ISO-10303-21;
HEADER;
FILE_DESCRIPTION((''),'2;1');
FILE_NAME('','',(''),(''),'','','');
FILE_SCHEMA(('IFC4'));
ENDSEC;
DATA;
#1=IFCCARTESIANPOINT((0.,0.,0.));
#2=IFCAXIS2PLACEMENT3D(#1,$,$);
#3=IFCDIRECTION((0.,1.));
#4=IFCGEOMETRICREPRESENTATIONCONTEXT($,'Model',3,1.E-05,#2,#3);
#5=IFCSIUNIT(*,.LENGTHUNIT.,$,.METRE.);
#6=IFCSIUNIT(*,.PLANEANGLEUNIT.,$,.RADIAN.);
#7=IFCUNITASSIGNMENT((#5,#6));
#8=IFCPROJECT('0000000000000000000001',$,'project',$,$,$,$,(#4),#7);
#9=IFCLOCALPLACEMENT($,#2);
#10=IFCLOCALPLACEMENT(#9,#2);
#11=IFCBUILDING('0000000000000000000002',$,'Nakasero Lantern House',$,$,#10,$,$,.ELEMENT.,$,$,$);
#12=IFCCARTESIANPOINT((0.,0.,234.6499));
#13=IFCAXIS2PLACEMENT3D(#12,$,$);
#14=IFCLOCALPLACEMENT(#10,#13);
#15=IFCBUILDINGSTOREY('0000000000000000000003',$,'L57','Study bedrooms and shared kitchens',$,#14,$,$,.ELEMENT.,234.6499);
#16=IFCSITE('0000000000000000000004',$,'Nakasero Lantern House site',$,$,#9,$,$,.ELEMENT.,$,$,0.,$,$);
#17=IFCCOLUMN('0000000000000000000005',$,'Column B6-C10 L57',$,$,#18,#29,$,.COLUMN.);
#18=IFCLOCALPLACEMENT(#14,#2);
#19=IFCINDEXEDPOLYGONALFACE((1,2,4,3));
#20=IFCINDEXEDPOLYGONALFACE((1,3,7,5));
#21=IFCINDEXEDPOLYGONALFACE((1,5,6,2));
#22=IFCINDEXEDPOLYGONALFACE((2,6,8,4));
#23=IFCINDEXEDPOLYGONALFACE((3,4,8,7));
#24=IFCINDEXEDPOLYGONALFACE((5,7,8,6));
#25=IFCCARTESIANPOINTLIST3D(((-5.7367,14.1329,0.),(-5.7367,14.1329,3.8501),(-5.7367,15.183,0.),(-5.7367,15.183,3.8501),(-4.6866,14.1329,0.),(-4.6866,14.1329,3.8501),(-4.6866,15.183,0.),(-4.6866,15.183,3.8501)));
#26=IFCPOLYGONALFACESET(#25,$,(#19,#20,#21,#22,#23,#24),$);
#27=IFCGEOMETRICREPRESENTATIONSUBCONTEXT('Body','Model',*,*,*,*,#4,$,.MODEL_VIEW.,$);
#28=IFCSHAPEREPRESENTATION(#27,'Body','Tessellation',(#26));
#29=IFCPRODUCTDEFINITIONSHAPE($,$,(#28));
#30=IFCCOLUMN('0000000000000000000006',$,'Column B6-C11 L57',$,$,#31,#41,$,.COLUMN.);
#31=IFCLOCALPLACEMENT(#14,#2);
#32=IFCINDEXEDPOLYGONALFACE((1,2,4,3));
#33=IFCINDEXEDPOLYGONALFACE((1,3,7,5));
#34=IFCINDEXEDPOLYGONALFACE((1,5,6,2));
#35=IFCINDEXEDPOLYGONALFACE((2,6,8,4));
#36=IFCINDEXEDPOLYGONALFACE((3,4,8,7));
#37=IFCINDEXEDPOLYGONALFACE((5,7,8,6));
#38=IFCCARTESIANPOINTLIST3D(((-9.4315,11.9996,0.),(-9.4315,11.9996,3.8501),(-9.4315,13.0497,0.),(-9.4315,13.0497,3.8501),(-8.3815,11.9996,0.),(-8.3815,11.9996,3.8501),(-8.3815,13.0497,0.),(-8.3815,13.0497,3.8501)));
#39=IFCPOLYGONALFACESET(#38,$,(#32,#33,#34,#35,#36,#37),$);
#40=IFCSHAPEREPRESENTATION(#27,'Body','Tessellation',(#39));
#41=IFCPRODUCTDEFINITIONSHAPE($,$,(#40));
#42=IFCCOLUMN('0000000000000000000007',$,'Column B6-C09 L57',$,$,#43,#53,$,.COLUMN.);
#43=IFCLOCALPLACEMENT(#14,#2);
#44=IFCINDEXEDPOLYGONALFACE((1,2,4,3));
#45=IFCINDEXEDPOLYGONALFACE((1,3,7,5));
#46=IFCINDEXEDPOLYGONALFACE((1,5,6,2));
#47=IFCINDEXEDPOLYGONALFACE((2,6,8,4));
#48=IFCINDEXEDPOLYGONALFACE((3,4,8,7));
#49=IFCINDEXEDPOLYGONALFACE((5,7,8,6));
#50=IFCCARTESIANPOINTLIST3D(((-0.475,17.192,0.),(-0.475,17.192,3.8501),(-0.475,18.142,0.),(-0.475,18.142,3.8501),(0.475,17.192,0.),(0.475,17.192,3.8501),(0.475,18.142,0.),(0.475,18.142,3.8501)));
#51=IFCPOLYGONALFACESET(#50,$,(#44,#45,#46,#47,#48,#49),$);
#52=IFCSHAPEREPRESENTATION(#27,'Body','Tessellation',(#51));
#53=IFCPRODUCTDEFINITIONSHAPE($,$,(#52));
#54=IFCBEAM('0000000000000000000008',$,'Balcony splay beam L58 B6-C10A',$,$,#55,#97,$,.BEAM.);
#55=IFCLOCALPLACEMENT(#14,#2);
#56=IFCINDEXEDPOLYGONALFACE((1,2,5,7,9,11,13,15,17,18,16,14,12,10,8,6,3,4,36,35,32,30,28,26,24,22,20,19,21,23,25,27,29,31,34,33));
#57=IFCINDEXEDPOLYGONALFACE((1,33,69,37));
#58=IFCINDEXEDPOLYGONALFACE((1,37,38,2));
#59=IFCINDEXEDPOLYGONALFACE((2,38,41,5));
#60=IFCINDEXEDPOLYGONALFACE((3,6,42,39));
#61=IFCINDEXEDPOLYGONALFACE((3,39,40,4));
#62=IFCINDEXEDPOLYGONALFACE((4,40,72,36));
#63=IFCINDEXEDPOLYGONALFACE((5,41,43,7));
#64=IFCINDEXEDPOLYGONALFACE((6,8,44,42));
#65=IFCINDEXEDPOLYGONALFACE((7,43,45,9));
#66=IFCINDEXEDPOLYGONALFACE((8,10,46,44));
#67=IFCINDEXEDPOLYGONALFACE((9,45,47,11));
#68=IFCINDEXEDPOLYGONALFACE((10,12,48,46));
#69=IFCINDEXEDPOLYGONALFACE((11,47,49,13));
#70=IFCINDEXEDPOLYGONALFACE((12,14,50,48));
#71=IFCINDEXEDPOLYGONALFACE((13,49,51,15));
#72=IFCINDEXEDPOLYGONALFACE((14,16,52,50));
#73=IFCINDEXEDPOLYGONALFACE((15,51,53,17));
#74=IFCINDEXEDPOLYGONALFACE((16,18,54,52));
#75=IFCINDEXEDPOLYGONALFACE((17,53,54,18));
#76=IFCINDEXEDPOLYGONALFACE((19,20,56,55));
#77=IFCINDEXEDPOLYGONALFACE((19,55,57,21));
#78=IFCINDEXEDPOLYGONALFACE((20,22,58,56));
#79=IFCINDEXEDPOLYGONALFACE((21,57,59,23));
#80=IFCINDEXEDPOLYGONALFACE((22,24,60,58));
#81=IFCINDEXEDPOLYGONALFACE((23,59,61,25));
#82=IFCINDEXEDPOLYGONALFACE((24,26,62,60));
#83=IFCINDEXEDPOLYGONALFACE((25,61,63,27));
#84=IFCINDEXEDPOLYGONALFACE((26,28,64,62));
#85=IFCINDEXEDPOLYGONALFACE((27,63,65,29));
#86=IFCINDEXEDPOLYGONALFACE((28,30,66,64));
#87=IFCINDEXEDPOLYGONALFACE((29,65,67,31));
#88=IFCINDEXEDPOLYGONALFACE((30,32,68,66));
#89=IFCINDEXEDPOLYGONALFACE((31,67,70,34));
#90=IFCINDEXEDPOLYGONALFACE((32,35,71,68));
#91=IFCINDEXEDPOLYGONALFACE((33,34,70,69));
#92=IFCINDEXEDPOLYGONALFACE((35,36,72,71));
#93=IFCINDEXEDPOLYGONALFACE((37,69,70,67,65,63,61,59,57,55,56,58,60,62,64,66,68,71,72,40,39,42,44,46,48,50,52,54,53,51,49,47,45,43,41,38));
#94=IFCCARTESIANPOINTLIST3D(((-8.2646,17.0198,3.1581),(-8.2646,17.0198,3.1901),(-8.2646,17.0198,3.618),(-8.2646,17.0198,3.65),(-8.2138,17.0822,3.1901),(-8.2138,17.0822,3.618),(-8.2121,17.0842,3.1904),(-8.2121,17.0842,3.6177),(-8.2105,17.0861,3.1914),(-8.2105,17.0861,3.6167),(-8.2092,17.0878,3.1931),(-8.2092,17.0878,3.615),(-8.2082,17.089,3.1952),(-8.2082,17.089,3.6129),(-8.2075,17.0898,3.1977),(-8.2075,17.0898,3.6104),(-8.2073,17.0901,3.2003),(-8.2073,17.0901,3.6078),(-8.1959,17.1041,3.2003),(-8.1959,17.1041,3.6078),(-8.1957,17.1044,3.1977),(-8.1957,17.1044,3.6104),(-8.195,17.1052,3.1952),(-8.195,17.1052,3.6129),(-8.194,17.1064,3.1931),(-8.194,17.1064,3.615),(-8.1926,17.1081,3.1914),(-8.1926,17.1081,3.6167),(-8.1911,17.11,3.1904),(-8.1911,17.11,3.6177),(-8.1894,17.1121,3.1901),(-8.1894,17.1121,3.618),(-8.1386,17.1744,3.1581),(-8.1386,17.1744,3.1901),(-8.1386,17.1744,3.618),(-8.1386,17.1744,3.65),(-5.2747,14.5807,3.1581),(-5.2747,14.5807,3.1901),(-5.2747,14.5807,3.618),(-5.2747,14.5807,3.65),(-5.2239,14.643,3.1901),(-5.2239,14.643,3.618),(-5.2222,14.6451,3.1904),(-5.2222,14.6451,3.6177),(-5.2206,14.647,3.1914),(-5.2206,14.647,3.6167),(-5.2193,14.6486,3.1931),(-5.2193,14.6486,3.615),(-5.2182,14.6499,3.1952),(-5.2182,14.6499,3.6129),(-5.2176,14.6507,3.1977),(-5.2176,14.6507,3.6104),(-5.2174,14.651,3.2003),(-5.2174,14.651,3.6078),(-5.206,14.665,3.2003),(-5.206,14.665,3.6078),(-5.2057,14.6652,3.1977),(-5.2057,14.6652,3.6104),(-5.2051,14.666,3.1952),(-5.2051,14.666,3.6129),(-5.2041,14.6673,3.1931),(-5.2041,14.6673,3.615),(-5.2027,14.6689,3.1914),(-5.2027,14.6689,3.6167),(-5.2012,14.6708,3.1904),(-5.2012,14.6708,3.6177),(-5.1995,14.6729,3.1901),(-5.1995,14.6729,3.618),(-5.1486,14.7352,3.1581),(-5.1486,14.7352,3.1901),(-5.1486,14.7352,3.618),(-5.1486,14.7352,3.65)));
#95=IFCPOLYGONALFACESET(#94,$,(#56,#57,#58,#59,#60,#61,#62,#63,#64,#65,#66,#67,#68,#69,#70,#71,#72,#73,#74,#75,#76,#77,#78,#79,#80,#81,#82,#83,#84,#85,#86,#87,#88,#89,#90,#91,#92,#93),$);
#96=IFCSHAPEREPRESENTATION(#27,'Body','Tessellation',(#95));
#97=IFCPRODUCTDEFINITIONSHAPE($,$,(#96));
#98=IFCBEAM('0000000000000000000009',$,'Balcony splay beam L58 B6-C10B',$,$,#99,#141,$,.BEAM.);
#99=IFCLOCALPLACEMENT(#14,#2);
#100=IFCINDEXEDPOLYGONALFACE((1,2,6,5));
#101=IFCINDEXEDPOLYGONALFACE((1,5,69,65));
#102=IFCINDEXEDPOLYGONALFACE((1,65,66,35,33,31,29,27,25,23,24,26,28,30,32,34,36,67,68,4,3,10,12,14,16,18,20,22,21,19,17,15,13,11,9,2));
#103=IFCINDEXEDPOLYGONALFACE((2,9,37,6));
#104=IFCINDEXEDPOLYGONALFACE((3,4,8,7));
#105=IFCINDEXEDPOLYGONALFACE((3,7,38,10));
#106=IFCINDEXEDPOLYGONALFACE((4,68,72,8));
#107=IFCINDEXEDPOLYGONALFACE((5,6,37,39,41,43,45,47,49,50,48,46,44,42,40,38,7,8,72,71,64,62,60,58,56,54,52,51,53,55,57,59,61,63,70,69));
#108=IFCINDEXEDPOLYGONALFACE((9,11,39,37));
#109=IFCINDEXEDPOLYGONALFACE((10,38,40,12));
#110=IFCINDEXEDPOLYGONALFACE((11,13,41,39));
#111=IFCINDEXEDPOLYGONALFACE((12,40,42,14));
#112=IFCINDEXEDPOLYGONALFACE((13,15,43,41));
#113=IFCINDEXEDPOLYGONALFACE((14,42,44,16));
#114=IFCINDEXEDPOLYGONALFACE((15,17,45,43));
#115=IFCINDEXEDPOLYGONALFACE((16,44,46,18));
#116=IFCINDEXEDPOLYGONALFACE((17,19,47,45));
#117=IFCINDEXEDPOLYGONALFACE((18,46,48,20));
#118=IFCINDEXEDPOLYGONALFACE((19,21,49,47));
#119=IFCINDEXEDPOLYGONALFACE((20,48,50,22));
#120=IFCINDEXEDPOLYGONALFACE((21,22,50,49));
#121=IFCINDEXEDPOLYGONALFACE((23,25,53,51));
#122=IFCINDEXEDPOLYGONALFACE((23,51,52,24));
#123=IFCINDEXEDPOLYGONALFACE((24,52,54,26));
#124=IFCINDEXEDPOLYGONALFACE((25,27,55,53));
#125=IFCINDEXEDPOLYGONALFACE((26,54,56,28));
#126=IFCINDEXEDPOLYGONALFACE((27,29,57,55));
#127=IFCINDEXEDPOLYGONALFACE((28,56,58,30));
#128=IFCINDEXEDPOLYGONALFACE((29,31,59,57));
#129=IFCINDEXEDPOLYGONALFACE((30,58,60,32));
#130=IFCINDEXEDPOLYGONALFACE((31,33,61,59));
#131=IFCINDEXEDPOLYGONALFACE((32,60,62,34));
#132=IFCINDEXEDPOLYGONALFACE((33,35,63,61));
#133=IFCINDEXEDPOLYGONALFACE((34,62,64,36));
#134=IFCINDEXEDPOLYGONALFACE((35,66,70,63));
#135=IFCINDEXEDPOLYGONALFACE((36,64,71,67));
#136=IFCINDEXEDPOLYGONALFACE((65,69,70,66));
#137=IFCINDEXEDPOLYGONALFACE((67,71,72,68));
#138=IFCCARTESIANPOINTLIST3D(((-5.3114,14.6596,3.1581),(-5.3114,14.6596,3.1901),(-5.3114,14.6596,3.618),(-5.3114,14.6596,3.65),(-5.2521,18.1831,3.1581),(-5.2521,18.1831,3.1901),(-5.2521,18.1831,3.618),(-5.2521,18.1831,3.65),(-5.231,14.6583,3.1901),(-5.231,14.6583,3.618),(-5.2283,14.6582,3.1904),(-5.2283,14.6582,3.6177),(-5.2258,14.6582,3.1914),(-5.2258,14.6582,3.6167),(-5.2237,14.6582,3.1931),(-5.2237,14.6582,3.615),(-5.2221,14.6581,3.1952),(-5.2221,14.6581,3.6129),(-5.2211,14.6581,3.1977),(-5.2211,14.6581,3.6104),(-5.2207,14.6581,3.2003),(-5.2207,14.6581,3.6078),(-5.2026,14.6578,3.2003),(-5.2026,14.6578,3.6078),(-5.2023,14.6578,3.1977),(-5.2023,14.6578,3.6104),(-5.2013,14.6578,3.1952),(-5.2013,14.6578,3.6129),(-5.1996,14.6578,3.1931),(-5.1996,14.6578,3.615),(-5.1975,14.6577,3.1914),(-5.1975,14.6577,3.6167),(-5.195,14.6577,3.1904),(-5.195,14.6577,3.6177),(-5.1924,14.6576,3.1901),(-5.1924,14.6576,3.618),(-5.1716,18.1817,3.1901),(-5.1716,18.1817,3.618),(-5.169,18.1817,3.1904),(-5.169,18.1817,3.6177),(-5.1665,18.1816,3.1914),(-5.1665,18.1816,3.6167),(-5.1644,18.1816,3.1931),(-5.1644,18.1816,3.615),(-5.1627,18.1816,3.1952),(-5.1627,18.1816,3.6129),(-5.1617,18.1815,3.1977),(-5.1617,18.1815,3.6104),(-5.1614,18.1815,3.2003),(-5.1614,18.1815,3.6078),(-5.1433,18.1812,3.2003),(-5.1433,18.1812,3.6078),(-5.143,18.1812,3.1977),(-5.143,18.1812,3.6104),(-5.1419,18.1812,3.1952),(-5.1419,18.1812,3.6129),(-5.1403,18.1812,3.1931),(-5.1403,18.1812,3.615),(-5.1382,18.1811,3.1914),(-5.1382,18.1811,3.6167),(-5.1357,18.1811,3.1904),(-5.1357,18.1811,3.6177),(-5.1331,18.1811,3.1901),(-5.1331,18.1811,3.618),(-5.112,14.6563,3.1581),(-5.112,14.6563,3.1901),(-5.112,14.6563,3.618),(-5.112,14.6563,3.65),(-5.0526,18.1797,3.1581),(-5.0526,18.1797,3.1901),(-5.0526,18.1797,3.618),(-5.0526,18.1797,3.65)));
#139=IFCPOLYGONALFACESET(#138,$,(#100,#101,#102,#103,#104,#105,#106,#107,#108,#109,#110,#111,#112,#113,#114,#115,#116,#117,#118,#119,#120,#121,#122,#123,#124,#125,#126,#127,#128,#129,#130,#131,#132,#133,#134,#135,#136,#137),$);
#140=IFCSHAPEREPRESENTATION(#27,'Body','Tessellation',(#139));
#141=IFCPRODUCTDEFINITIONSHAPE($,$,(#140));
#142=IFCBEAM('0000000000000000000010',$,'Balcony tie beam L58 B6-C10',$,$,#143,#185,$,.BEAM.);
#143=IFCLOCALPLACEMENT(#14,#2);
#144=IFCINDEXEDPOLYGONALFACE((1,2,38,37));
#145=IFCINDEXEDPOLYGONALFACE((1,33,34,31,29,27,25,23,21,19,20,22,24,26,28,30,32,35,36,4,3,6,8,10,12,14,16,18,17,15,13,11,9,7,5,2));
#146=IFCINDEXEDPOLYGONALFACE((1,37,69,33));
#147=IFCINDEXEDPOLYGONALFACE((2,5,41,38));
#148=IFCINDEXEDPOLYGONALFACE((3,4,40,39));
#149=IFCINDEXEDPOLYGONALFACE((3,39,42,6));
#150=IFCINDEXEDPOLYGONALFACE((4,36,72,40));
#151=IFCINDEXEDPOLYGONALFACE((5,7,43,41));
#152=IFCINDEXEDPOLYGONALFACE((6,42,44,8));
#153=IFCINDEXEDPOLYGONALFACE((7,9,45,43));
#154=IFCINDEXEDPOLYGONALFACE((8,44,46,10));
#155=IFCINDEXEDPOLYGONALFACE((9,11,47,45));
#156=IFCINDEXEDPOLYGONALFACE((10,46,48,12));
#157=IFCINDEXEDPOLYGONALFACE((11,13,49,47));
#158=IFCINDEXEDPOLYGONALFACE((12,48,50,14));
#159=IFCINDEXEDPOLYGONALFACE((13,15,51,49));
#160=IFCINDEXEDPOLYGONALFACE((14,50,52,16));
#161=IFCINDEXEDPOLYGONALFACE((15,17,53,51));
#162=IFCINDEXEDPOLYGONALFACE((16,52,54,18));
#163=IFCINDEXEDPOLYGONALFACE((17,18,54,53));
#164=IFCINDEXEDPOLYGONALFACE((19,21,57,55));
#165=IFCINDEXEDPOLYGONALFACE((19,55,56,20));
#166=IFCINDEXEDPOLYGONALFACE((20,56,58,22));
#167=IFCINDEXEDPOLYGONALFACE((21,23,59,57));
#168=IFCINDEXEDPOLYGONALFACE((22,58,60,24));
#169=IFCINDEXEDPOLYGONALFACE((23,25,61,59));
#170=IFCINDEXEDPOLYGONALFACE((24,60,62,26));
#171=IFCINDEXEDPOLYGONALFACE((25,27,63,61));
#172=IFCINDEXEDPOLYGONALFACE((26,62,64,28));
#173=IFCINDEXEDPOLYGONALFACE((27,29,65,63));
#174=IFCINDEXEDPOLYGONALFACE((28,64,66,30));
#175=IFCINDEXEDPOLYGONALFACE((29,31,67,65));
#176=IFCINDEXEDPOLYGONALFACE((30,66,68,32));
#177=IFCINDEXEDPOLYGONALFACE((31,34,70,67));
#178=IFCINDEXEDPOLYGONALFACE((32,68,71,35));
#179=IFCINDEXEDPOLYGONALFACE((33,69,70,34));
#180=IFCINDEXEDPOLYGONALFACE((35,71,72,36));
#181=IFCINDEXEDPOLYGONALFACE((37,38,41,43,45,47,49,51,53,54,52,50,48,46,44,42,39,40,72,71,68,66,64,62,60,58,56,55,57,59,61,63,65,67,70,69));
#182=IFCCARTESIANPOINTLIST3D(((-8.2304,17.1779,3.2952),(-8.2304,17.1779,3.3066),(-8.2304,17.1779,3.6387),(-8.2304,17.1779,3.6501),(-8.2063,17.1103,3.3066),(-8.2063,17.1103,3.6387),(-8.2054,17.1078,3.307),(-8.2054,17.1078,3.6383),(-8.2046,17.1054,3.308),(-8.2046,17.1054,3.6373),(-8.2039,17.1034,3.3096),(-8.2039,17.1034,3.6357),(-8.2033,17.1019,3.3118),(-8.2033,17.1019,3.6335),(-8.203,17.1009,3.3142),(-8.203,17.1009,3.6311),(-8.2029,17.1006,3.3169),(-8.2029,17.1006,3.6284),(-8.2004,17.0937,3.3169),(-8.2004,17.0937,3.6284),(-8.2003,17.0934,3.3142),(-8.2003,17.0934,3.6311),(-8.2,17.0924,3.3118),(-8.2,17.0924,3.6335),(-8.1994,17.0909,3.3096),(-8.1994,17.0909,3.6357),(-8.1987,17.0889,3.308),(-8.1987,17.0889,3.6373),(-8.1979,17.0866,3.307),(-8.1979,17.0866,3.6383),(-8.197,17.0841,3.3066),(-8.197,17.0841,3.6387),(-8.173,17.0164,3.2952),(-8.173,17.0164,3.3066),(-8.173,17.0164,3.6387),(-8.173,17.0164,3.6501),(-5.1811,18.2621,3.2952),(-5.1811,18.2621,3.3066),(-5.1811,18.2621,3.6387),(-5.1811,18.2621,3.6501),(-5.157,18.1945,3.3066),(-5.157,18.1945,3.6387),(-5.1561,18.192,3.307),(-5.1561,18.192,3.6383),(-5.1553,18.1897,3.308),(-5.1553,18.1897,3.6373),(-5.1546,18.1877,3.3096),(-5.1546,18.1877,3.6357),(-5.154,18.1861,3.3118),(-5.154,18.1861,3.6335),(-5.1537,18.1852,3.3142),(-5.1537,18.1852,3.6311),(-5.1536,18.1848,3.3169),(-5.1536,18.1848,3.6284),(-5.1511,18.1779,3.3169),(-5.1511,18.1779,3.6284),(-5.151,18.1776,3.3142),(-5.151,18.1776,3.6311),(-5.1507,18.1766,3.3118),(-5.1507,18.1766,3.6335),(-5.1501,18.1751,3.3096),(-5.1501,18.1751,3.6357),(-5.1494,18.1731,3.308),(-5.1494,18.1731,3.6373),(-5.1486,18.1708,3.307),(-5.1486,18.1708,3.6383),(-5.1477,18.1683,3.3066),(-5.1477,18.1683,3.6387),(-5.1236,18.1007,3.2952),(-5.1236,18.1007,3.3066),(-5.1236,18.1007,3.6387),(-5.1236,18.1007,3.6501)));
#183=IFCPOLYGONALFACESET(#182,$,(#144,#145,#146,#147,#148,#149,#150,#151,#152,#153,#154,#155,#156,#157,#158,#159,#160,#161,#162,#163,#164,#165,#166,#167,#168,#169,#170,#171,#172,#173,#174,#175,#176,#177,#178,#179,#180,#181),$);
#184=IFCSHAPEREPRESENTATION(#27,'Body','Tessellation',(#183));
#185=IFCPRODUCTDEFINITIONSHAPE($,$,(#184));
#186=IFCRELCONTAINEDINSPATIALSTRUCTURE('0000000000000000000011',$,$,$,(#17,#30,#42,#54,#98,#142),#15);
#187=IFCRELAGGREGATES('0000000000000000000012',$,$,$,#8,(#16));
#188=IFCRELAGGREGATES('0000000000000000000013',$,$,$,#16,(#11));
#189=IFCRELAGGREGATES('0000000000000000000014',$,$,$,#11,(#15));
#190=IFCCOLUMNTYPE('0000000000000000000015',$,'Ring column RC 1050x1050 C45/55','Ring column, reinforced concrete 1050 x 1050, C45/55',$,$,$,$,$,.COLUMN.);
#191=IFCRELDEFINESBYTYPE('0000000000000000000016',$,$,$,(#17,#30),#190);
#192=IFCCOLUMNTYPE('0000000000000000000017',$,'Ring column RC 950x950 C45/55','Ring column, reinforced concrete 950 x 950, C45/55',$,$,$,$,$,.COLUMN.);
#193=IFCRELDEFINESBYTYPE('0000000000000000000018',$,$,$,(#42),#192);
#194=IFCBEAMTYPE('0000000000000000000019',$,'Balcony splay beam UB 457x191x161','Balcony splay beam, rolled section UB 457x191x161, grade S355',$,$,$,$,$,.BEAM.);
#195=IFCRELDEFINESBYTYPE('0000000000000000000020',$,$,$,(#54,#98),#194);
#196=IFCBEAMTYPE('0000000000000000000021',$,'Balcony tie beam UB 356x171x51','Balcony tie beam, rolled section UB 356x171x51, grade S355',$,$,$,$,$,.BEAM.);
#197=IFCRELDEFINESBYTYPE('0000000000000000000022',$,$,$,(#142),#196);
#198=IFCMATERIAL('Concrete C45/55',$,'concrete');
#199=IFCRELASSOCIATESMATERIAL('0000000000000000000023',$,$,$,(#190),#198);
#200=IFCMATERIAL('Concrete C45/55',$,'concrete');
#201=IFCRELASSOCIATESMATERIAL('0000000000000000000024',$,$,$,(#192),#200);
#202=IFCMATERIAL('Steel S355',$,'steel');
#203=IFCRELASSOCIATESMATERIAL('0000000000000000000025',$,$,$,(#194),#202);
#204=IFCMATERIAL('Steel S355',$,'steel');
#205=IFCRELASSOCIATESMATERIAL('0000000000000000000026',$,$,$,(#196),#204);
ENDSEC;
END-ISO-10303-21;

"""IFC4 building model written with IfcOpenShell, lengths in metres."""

from ifc_helpers import new_model, si_unit, direction, frame, origin, origin_2d, place, context, subcontext, project, spatial, rectangle, i_section, extrude, material, material_profile, profile_set, type_object, element, save


model = new_model("IFC4")

# Units and contexts
model_context = context("Model", 3, precision=1e-05, world=origin(), true_north=direction((0.0, 1.0)))
body_context = subcontext(model_context, "Body", "Model", "MODEL_VIEW")
ifc_project = project(units=[si_unit("LENGTHUNIT", "METRE"), si_unit("PLANEANGLEUNIT", "RADIAN")], contexts=[model_context])

# Site, building, storey
site_placement = place(None, origin())
site = spatial("IfcSite", under=ifc_project, at=site_placement, Name="Nakasero Lantern House site", CompositionType="ELEMENT", RefElevation=0.0)
building_placement = place(site_placement, origin())
building = spatial("IfcBuilding", under=site, at=building_placement, Name="Nakasero Lantern House", CompositionType="ELEMENT")
storey_placement = place(building_placement, frame((0.0, 0.0, 234.6499)))
storey = spatial("IfcBuildingStorey", under=building, at=storey_placement, Name="L57", Description="Study bedrooms and shared kitchens", CompositionType="ELEMENT", Elevation=234.6499)

# Columns
ifc_material_1 = material(Name="Concrete C45/55", Category="concrete")
ifc_material_profile_1 = material_profile(ifc_material_1, rectangle(XDim=1.05, YDim=1.05, at=origin_2d()), Name="RC 1050x1050")
ifc_profile_set_1 = profile_set([ifc_material_profile_1], Name="Concrete C45/55")
column_type_1 = type_object("IfcColumnType", Name="Ring column RC 1050x1050 C45/55", Description="Ring column, reinforced concrete 1050 x 1050, C45/55", PredefinedType="COLUMN", material=ifc_profile_set_1)
for number, where, z_axis, x_axis, name in (
    (1, (-5.2117, 14.658, 0.0), (0.0, 0.0, 1.0), (1.0, 0.0, 0.0), "Column B6-C10 L57"),
    (2, (-8.9065, 12.5247, 0.0), (0.0, 0.0, 1.0), (1.0, 0.0, 0.0), "Column B6-C11 L57"),
):
    element("IfcColumn", number, at=place(storey_placement, frame(where, z_axis=z_axis, x_axis=x_axis)), inside=storey, type_object=column_type_1, Name=name, PredefinedType="COLUMN", context=body_context, shape_type="SweptSolid", body=[
        extrude(rectangle(XDim=1.05, YDim=1.05, at=origin_2d()), origin(), (0.0, 0.0, 1.0), 3.8501),
    ])
ifc_material_2 = material(Name="Concrete C45/55", Category="concrete")
ifc_material_profile_2 = material_profile(ifc_material_2, rectangle(XDim=0.95, YDim=0.95, at=origin_2d()), Name="RC 950x950")
ifc_profile_set_2 = profile_set([ifc_material_profile_2], Name="Concrete C45/55")
column_type_2 = type_object("IfcColumnType", Name="Ring column RC 950x950 C45/55", Description="Ring column, reinforced concrete 950 x 950, C45/55", PredefinedType="COLUMN", material=ifc_profile_set_2)
column_placement = place(storey_placement, frame((0.0, 17.667, 0.0), z_axis=(0.0, 0.0, 1.0), x_axis=(1.0, 0.0, 0.0)))
element("IfcColumn", 3, at=column_placement, inside=storey, type_object=column_type_2, Name="Column B6-C09 L57", PredefinedType="COLUMN", context=body_context, shape_type="SweptSolid", body=[
    extrude(rectangle(XDim=0.95, YDim=0.95, at=origin_2d()), origin(), (0.0, 0.0, 1.0), 3.8501),
])

# Beams
ifc_material_3 = material(Name="Steel S355", Category="steel")
ifc_material_profile_3 = material_profile(ifc_material_3, i_section(OverallWidth=0.1995, OverallDepth=0.4919, WebThickness=0.0181, FlangeThickness=0.032, FilletRadius=0.0103, at=origin_2d()), Name="UB 457x191x161")
ifc_profile_set_3 = profile_set([ifc_material_profile_3], Name="Steel S355")
beam_type_1 = type_object("IfcBeamType", Name="Balcony splay beam UB 457x191x161", Description="Balcony splay beam, rolled section UB 457x191x161, grade S355", PredefinedType="BEAM", material=ifc_profile_set_3)
beam_1_placement = place(storey_placement, frame((-5.2117, 14.658, 3.4041), z_axis=(-0.774864, 0.632128, 0.0), x_axis=(-0.632128, -0.774864, 0.0)))
element("IfcBeam", 4, at=beam_1_placement, inside=storey, type_object=beam_type_1, Name="Balcony splay beam L58 B6-C10A", PredefinedType="BEAM", context=body_context, shape_type="SweptSolid", body=[
    extrude(i_section(OverallWidth=0.1995, OverallDepth=0.4919, WebThickness=0.0181, FlangeThickness=0.032, FilletRadius=0.0103, at=origin_2d()), origin(), (0.0, 0.0, 1.0), 3.8586),
])
beam_2_placement = place(storey_placement, frame((-5.2117, 14.658, 3.4041), z_axis=(0.016835, 0.999858, 0.0), x_axis=(-0.999858, 0.016835, 0.0)))
element("IfcBeam", 5, at=beam_2_placement, inside=storey, type_object=beam_type_1, Name="Balcony splay beam L58 B6-C10B", PredefinedType="BEAM", context=body_context, shape_type="SweptSolid", body=[
    extrude(i_section(OverallWidth=0.1995, OverallDepth=0.4919, WebThickness=0.0181, FlangeThickness=0.032, FilletRadius=0.0103, at=origin_2d()), origin(), (0.0, 0.0, 1.0), 3.5239),
])
ifc_material_4 = material(Name="Steel S355", Category="steel")
ifc_material_profile_4 = material_profile(ifc_material_4, i_section(OverallWidth=0.1714, OverallDepth=0.355, WebThickness=0.0073, FlangeThickness=0.0115, FilletRadius=0.0103, at=origin_2d()), Name="UB 356x171x51")
ifc_profile_set_4 = profile_set([ifc_material_profile_4], Name="Steel S355")
beam_type_2 = type_object("IfcBeamType", Name="Balcony tie beam UB 356x171x51", Description="Balcony tie beam, rolled section UB 356x171x51, grade S355", PredefinedType="BEAM", material=ifc_profile_set_4)
beam_3_placement = place(storey_placement, frame((-8.2017, 17.0972, 3.4727), z_axis=(0.942212, 0.335017, 0.0), x_axis=(-0.335017, 0.942212, 0.0)))
element("IfcBeam", 6, at=beam_3_placement, inside=storey, type_object=beam_type_2, Name="Balcony tie beam L58 B6-C10", PredefinedType="BEAM", context=body_context, shape_type="SweptSolid", body=[
    extrude(i_section(OverallWidth=0.1714, OverallDepth=0.355, WebThickness=0.0073, FlangeThickness=0.0115, FilletRadius=0.0103, at=origin_2d()), origin(), (0.0, 0.0, 1.0), 3.2363),
])

save(model, "model.ifc")
